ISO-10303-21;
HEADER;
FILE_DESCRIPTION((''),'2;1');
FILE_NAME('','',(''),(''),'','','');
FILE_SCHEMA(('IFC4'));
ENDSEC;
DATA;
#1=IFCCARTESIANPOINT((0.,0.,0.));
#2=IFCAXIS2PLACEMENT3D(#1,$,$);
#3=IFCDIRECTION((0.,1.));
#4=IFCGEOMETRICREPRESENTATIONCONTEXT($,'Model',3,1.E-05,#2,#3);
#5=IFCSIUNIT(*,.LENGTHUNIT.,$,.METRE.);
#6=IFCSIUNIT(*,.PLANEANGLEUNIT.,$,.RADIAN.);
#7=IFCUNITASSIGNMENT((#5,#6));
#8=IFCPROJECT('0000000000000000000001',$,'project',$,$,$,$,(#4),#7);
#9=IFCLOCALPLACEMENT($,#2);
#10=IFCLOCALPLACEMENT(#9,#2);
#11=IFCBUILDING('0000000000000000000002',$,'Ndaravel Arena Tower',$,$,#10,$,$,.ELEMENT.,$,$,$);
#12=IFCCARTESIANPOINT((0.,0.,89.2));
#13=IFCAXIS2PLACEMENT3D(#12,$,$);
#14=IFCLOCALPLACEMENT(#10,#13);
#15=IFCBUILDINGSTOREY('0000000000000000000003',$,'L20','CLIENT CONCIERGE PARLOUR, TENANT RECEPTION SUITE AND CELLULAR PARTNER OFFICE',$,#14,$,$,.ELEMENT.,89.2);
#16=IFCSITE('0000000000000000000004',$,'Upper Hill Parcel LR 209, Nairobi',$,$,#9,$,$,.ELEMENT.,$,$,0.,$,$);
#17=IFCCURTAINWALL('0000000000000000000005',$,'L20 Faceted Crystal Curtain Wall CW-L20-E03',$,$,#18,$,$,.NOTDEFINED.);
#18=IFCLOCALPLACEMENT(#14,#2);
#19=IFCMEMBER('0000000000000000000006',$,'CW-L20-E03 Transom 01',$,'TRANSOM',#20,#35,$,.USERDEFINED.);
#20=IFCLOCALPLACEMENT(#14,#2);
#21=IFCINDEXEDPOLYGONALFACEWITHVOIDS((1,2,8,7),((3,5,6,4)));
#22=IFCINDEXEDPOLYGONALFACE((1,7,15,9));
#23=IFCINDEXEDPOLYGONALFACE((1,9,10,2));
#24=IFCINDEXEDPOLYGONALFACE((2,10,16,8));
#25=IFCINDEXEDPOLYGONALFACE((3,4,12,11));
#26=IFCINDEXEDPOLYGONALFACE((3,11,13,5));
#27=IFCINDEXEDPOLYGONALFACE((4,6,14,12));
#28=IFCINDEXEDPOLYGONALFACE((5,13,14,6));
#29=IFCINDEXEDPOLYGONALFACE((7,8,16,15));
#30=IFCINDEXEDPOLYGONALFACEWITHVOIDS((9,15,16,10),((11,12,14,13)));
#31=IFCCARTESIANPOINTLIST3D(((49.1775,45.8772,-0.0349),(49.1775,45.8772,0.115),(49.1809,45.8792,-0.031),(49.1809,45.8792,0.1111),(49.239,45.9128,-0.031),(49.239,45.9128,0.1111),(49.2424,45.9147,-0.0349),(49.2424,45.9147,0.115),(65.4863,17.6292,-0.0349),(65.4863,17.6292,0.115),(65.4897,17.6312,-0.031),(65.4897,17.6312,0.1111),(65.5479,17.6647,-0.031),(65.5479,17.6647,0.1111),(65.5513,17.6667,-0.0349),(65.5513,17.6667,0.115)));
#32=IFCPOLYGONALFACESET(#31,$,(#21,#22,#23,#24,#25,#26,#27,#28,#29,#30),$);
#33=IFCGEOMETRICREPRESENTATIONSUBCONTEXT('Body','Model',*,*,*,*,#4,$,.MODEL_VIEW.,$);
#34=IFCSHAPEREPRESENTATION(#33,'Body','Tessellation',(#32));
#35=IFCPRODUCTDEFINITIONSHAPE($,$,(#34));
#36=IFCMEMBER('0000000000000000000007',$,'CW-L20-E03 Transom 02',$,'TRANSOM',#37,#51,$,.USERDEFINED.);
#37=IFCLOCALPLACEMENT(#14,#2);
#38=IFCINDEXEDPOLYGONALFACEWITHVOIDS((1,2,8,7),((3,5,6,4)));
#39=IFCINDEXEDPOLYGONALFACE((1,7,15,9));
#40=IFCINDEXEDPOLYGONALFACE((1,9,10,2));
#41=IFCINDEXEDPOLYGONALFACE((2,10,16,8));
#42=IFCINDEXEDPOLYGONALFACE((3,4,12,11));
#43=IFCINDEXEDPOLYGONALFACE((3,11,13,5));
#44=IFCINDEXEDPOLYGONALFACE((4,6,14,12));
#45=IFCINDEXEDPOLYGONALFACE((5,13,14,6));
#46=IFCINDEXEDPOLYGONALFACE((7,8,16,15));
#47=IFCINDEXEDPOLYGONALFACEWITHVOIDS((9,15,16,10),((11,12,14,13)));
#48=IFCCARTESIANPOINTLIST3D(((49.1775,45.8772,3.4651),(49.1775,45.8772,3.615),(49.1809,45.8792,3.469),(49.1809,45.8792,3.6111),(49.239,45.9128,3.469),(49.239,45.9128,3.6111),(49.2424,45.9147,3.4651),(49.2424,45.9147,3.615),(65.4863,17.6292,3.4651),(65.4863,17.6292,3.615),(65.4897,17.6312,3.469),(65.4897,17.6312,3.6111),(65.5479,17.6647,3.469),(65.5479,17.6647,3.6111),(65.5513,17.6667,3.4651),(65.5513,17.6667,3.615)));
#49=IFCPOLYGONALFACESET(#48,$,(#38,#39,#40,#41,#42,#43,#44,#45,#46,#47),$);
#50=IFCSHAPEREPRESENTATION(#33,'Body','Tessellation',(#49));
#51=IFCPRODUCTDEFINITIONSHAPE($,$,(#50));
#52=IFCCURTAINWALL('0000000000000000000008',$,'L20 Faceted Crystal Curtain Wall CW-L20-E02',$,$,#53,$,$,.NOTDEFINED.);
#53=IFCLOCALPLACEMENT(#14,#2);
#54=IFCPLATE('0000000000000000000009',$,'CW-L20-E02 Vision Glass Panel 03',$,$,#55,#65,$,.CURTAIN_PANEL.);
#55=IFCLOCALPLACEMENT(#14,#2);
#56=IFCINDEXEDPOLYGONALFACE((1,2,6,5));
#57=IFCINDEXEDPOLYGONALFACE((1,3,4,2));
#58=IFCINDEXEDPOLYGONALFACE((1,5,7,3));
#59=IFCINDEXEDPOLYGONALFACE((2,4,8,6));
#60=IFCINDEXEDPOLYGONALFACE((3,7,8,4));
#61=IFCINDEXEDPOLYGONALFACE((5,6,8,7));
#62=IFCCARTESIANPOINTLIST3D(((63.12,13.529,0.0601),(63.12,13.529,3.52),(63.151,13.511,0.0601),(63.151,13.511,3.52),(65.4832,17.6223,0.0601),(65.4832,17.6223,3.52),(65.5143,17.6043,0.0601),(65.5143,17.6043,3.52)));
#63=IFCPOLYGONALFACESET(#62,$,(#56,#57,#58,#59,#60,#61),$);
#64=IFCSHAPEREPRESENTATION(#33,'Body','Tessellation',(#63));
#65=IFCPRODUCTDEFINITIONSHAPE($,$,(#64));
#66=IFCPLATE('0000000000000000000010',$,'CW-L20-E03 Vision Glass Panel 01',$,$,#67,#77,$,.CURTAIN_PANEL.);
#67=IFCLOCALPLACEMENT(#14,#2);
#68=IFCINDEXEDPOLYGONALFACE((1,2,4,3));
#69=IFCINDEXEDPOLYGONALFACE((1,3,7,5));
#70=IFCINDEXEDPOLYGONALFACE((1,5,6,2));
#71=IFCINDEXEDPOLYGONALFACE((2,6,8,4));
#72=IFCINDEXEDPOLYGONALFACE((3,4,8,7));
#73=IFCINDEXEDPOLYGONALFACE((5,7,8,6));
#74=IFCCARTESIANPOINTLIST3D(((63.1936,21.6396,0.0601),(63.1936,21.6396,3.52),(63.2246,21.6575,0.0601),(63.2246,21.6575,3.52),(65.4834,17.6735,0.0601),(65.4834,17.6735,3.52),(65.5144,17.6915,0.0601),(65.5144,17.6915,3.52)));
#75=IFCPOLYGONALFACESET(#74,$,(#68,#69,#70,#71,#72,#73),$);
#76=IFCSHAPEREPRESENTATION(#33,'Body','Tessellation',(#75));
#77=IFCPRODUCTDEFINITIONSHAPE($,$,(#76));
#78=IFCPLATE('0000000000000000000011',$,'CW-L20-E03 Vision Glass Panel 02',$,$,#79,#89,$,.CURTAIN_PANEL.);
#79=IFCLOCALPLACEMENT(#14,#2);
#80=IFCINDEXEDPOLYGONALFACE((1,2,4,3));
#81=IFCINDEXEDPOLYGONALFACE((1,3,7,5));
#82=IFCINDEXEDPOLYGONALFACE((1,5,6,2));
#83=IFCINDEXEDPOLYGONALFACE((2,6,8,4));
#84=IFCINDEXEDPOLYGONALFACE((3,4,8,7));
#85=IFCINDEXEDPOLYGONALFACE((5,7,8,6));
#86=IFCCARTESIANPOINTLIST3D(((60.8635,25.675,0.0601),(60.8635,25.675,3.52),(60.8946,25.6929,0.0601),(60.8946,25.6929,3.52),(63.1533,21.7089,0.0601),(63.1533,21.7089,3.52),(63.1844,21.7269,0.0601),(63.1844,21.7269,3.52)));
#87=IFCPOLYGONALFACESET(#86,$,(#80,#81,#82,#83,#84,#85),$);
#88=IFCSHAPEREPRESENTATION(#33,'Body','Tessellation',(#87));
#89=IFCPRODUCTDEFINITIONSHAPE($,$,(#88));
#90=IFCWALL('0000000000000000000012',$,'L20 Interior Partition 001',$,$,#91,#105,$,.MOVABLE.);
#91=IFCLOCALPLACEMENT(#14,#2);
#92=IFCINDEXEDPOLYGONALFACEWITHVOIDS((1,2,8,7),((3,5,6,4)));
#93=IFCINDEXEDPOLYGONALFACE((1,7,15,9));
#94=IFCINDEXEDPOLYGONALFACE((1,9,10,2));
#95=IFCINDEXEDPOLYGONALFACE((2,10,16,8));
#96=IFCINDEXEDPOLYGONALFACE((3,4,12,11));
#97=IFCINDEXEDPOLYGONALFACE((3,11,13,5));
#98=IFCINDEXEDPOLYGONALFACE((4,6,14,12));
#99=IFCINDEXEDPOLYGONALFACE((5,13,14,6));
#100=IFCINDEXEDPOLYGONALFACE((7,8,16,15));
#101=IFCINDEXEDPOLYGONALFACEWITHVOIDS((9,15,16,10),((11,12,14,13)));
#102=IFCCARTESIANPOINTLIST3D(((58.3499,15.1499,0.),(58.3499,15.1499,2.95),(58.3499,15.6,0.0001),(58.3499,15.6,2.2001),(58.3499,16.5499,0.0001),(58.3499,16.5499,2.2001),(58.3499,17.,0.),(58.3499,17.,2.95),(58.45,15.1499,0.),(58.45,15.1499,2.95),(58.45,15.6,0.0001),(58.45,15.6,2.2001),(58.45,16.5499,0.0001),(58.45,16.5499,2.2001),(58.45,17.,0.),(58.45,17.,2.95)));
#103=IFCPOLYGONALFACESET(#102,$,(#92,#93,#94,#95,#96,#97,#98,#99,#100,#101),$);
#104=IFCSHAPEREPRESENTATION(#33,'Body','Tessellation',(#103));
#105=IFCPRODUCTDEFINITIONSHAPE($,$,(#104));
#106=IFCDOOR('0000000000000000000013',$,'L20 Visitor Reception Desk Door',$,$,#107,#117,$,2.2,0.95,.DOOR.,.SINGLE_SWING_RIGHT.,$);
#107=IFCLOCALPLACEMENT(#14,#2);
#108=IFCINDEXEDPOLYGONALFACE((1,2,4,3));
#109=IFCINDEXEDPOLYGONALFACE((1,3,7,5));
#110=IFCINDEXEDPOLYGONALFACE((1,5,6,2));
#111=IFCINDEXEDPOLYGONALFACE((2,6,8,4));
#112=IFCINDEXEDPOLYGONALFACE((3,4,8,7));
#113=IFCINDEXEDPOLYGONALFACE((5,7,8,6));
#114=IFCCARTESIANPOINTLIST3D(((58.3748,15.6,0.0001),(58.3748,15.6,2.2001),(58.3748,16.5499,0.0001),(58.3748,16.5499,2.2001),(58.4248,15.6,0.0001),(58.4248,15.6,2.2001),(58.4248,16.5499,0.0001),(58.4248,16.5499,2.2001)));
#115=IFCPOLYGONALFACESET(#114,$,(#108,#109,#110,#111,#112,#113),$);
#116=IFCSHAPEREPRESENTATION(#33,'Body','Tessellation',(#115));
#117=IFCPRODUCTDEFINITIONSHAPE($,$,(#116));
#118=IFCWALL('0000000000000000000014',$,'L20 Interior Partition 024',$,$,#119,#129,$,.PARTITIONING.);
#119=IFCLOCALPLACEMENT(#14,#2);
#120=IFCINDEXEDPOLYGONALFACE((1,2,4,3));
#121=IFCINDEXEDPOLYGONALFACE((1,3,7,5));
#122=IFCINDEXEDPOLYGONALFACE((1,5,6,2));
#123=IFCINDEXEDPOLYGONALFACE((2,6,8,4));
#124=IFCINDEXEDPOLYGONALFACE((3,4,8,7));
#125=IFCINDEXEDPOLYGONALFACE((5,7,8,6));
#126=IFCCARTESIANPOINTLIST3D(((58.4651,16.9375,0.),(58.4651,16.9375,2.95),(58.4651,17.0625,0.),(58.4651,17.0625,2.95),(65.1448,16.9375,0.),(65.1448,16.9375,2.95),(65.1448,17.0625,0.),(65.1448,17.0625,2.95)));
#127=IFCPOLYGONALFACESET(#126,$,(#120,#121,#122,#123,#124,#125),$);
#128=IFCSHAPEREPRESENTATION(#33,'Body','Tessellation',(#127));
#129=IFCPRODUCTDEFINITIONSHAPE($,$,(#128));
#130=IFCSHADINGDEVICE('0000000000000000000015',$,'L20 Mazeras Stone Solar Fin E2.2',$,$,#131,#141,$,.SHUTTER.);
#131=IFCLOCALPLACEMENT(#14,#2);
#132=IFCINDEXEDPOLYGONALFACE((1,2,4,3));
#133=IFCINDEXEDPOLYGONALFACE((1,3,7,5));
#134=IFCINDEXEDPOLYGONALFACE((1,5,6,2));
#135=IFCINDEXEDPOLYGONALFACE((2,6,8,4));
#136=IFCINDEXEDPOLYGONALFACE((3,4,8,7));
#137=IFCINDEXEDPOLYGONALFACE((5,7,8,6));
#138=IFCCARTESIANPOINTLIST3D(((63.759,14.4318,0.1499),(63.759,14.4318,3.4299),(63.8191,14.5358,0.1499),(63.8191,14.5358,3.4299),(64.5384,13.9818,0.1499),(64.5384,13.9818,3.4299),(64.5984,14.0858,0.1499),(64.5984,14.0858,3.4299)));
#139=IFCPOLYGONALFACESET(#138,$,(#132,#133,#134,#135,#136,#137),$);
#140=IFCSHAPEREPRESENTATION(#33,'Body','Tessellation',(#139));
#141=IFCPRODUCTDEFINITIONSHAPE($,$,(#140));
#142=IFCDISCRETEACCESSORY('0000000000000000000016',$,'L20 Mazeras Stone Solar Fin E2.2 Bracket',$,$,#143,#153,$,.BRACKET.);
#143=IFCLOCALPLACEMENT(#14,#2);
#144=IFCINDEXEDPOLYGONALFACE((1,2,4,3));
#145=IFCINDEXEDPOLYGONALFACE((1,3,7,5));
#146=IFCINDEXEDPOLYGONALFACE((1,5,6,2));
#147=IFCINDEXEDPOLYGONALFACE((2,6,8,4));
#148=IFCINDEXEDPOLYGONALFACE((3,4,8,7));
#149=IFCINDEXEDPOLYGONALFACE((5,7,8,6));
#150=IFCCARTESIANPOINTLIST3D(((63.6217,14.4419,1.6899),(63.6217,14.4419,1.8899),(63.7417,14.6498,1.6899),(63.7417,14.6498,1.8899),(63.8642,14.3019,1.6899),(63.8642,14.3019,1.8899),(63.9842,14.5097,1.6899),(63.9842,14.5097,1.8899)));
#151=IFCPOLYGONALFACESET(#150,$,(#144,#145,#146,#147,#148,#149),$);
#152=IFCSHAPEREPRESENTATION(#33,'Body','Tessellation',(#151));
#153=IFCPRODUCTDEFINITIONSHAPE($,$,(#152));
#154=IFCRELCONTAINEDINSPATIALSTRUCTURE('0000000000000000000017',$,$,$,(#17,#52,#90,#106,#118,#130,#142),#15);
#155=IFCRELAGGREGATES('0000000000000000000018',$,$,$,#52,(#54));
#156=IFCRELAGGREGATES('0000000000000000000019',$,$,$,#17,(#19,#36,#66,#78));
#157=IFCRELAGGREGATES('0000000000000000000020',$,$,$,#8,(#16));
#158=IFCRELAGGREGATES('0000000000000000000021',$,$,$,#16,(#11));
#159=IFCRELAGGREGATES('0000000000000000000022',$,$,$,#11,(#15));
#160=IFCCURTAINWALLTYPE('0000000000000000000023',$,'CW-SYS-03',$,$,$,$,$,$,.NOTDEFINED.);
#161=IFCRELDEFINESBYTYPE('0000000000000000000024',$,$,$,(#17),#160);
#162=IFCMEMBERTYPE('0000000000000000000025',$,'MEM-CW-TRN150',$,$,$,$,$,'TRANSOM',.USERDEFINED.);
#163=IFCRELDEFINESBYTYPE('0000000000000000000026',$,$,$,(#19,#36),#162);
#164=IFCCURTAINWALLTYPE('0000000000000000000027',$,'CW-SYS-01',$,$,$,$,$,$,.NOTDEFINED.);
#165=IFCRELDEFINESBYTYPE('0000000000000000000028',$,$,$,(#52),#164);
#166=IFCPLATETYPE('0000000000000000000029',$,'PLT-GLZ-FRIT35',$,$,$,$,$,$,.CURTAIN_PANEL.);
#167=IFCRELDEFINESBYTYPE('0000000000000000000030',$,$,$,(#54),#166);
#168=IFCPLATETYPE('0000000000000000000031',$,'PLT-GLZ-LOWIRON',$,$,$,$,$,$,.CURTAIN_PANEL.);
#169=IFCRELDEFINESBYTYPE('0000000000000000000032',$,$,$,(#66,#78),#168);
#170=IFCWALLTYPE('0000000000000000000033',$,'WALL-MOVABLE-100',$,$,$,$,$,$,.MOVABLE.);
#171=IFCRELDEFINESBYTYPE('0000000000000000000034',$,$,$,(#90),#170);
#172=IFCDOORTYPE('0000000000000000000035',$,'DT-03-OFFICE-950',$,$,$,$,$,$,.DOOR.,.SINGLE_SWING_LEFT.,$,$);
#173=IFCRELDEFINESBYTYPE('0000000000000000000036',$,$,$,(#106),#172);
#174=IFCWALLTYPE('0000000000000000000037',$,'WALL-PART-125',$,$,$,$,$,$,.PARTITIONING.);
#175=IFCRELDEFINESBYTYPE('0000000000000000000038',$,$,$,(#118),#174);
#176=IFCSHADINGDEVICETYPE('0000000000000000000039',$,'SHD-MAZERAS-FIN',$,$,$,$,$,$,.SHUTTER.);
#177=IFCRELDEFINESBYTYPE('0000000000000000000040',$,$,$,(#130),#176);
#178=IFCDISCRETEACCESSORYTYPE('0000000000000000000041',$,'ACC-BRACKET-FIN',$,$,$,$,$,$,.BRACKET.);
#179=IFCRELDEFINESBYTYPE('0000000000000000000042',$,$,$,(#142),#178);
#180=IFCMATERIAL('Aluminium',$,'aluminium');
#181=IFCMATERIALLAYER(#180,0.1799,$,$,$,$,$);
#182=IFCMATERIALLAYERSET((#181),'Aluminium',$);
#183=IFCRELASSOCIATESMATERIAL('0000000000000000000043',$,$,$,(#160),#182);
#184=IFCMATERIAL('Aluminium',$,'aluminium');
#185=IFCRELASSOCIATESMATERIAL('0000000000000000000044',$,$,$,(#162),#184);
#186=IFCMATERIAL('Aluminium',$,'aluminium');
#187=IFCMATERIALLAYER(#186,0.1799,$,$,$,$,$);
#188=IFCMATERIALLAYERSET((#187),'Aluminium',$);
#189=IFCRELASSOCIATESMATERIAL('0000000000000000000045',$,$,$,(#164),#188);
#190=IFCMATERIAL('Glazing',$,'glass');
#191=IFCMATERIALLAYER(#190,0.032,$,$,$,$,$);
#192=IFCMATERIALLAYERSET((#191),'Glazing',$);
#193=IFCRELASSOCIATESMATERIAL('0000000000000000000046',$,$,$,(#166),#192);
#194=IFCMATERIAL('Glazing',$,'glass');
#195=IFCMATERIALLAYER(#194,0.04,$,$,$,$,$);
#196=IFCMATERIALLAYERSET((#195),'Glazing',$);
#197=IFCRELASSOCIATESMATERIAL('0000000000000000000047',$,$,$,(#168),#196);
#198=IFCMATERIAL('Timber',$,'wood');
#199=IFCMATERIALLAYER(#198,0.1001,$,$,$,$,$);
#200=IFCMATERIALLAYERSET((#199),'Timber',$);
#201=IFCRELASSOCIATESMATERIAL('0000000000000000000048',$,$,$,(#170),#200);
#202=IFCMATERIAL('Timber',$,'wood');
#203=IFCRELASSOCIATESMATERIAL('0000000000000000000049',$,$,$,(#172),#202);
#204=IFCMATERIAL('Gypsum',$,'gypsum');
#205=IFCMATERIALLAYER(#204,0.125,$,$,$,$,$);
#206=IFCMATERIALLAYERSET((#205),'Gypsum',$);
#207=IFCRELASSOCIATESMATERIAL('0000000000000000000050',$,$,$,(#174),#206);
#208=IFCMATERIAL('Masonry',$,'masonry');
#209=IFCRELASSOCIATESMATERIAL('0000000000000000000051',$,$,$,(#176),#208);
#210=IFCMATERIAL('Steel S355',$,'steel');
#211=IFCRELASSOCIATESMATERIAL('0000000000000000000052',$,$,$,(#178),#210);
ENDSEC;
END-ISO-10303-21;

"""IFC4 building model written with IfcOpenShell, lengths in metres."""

from ifc_helpers import new_model, si_unit, direction, frame, frame_2d, origin, origin_2d, place, context, subcontext, project, spatial, rectangle, hollow_rectangle, extrude, material, layer, layer_set, material_profile, profile_set, type_object, element, fill, aggregate, save


model = new_model("IFC4")

# Units and contexts
model_context = context("Model", 3, precision=1e-05, world=origin(), true_north=direction((0.0, 1.0)))
body_context = subcontext(model_context, "Body", "Model", "MODEL_VIEW")
ifc_project = project(units=[si_unit("LENGTHUNIT", "METRE"), si_unit("PLANEANGLEUNIT", "RADIAN")], contexts=[model_context])

# Site, building, storey
site_placement = place(None, origin())
site = spatial("IfcSite", under=ifc_project, at=site_placement, Name="Upper Hill Parcel LR 209, Nairobi", CompositionType="ELEMENT", RefElevation=0.0)
building_placement = place(site_placement, origin())
building = spatial("IfcBuilding", under=site, at=building_placement, Name="Ndaravel Arena Tower", CompositionType="ELEMENT")
storey_placement = place(building_placement, frame((0.0, 0.0, 89.2)))
storey = spatial("IfcBuildingStorey", under=building, at=storey_placement, Name="L20", Description="CLIENT CONCIERGE PARLOUR, TENANT RECEPTION SUITE AND CELLULAR PARTNER OFFICE", CompositionType="ELEMENT", Elevation=89.2)

# Curtain wall, members
ifc_material_1 = material(Name="Aluminium", Category="aluminium")
ifc_layer_1 = layer(ifc_material_1, 0.1799)
ifc_layer_set_1 = layer_set([ifc_layer_1], Name="Aluminium")
curtain_wall_type_1 = type_object("IfcCurtainWallType", Name="CW-SYS-03", PredefinedType="NOTDEFINED", material=ifc_layer_set_1)
curtain_wall_1_placement = place(storey_placement, origin())
curtain_wall_1 = element("IfcCurtainWall", 1, at=curtain_wall_1_placement, inside=storey, type_object=curtain_wall_type_1, Name="L20 Faceted Crystal Curtain Wall CW-L20-E03", PredefinedType="NOTDEFINED")
ifc_material_2 = material(Name="Aluminium", Category="aluminium")
ifc_material_profile_1 = material_profile(ifc_material_2, hollow_rectangle(XDim=0.075, YDim=0.1499, WallThickness=0.0039, at=origin_2d()), Name="CW TRANSOM 75x150x4")
ifc_profile_set_1 = profile_set([ifc_material_profile_1], Name="Aluminium")
member_type_1 = type_object("IfcMemberType", Name="MEM-CW-TRN150", ElementType="TRANSOM", PredefinedType="USERDEFINED", material=ifc_profile_set_1)
member_1_placement = place(storey_placement, frame((65.5188, 17.6479, 0.04), z_axis=(-0.499996, 0.866028, 0.0), x_axis=(-0.866028, -0.499996, 0.0)))
member_1 = element("IfcMember", 2, at=member_1_placement, type_object=member_type_1, Name="CW-L20-E03 Transom 01", ObjectType="TRANSOM", PredefinedType="USERDEFINED", context=body_context, shape_type="SweptSolid", body=[
    extrude(hollow_rectangle(XDim=0.075, YDim=0.1499, WallThickness=0.0039, at=origin_2d()), origin(), (0.0, 0.0, 1.0), 32.6179),
])
member_2_placement = place(storey_placement, frame((65.5188, 17.6479, 3.54), z_axis=(-0.499996, 0.866028, 0.0), x_axis=(-0.866028, -0.499996, 0.0)))
member_2 = element("IfcMember", 3, at=member_2_placement, type_object=member_type_1, Name="CW-L20-E03 Transom 02", ObjectType="TRANSOM", PredefinedType="USERDEFINED", context=body_context, shape_type="SweptSolid", body=[
    extrude(hollow_rectangle(XDim=0.075, YDim=0.1499, WallThickness=0.0039, at=origin_2d()), origin(), (0.0, 0.0, 1.0), 32.6179),
])

# Curtain wall, plate
ifc_material_3 = material(Name="Aluminium", Category="aluminium")
ifc_layer_2 = layer(ifc_material_3, 0.1799)
ifc_layer_set_2 = layer_set([ifc_layer_2], Name="Aluminium")
curtain_wall_type_2 = type_object("IfcCurtainWallType", Name="CW-SYS-01", PredefinedType="NOTDEFINED", material=ifc_layer_set_2)
curtain_wall_2_placement = place(storey_placement, origin())
curtain_wall_2 = element("IfcCurtainWall", 4, at=curtain_wall_2_placement, inside=storey, type_object=curtain_wall_type_2, Name="L20 Faceted Crystal Curtain Wall CW-L20-E02", PredefinedType="NOTDEFINED")
ifc_material_4 = material(Name="Glazing", Category="glass")
ifc_layer_3 = layer(ifc_material_4, 0.032)
ifc_layer_set_3 = layer_set([ifc_layer_3], Name="Glazing")
plate_type_1 = type_object("IfcPlateType", Name="PLT-GLZ-FRIT35", PredefinedType="CURTAIN_PANEL", material=ifc_layer_set_3)
plate_1_placement = place(storey_placement, frame((64.3171, 15.5667, 0.0601), z_axis=(0.0, 0.0, 1.0), x_axis=(0.5, 0.866025, 0.0)))
plate_1 = element("IfcPlate", 5, at=plate_1_placement, type_object=plate_type_1, Name="CW-L20-E02 Vision Glass Panel 03", PredefinedType="CURTAIN_PANEL", context=body_context, shape_type="SweptSolid", body=[
    extrude(rectangle(XDim=4.7266, YDim=0.0359, at=origin_2d()), origin(), (0.0, 0.0, 1.0), 3.46),
])
aggregate(curtain_wall_2, [plate_1])

# Plates
ifc_material_5 = material(Name="Glazing", Category="glass")
ifc_layer_4 = layer(ifc_material_5, 0.04)
ifc_layer_set_4 = layer_set([ifc_layer_4], Name="Glazing")
plate_type_2 = type_object("IfcPlateType", Name="PLT-GLZ-LOWIRON", PredefinedType="CURTAIN_PANEL", material=ifc_layer_set_4)
plate_2_placement = place(storey_placement, frame((64.354, 19.6655, 0.0601), z_axis=(0.0, 0.0, 1.0), x_axis=(-0.5, 0.866025, 0.0)))
plate_2 = element("IfcPlate", 6, at=plate_2_placement, type_object=plate_type_2, Name="CW-L20-E03 Vision Glass Panel 01", PredefinedType="CURTAIN_PANEL", context=body_context, shape_type="SweptSolid", body=[
    extrude(rectangle(XDim=4.5796, YDim=0.0359, at=origin_2d()), origin(), (0.0, 0.0, 1.0), 3.46),
])
plate_3_placement = place(storey_placement, frame((62.0239, 23.7009, 0.0601), z_axis=(0.0, 0.0, 1.0), x_axis=(-0.5, 0.866025, 0.0)))
plate_3 = element("IfcPlate", 7, at=plate_3_placement, type_object=plate_type_2, Name="CW-L20-E03 Vision Glass Panel 02", PredefinedType="CURTAIN_PANEL", context=body_context, shape_type="SweptSolid", body=[
    extrude(rectangle(XDim=4.5796, YDim=0.0359, at=origin_2d()), origin(), (0.0, 0.0, 1.0), 3.46),
])
aggregate(curtain_wall_1, [member_1, member_2, plate_2, plate_3])

# Wall, opening, door
ifc_material_6 = material(Name="Timber", Category="wood")
ifc_layer_5 = layer(ifc_material_6, 0.1001)
ifc_layer_set_5 = layer_set([ifc_layer_5], Name="Timber")
wall_type_1 = type_object("IfcWallType", Name="WALL-MOVABLE-100", PredefinedType="MOVABLE", material=ifc_layer_set_5)
wall_1_placement = place(storey_placement, frame((58.3999, 17.0, 0.0), z_axis=(0.0, 0.0, 1.0), x_axis=(0.0, -1.0, 0.0)))
wall_1 = element("IfcWall", 8, at=wall_1_placement, inside=storey, type_object=wall_type_1, Name="L20 Interior Partition 001", PredefinedType="MOVABLE", context=body_context, shape_type="SweptSolid", body=[
    extrude(rectangle(XDim=1.8501, YDim=0.1001, at=frame_2d((0.925, 0.0))), origin(), (0.0, 0.0, 1.0), 2.95),
])
opening_placement = place(wall_1_placement, frame((0.45, 0.0, 0.0)))
opening = element("IfcOpeningElement", 9, at=opening_placement, cuts=wall_1, PredefinedType="OPENING", context=body_context, shape_type="SweptSolid", body=[
    extrude(rectangle(XDim=0.95, YDim=2.2, at=frame_2d((0.4751, 1.1001))), frame((0.0, 0.05, 0.0), z_axis=(0.0, -1.0, 0.0), x_axis=(1.0, 0.0, 0.0)), (0.0, 0.0, 1.0), 0.1001),
])
ifc_material_7 = material(Name="Timber", Category="wood")
door_type = type_object("IfcDoorType", Name="DT-03-OFFICE-950", OperationType="SINGLE_SWING_LEFT", PredefinedType="DOOR", material=ifc_material_7)
door_placement = place(opening_placement, origin())
door = element("IfcDoor", 10, at=door_placement, inside=storey, type_object=door_type, Name="L20 Visitor Reception Desk Door", OperationType="SINGLE_SWING_RIGHT", OverallHeight=2.2, OverallWidth=0.95, PredefinedType="DOOR", context=body_context, shape_type="SweptSolid", body=[
    extrude(rectangle(XDim=0.95, YDim=2.2, at=frame_2d((0.4751, 1.1001))), frame((0.0, 0.0249, 0.0), z_axis=(0.0, -1.0, 0.0), x_axis=(1.0, 0.0, 0.0)), (0.0, 0.0, 1.0), 0.05),
])
fill(opening, door)

# Wall
ifc_material_8 = material(Name="Gypsum", Category="gypsum")
ifc_layer_6 = layer(ifc_material_8, 0.125)
ifc_layer_set_6 = layer_set([ifc_layer_6], Name="Gypsum")
wall_type_2 = type_object("IfcWallType", Name="WALL-PART-125", PredefinedType="PARTITIONING", material=ifc_layer_set_6)
wall_2_placement = place(storey_placement, frame((58.4651, 17.0, 0.0), z_axis=(0.0, 0.0, 1.0), x_axis=(1.0, 0.0, 0.0)))
element("IfcWall", 11, at=wall_2_placement, inside=storey, type_object=wall_type_2, Name="L20 Interior Partition 024", PredefinedType="PARTITIONING", context=body_context, shape_type="SweptSolid", body=[
    extrude(rectangle(XDim=6.6797, YDim=0.125, at=frame_2d((3.3398, 0.0))), origin(), (0.0, 0.0, 1.0), 2.95),
])

# Shading device
ifc_material_9 = material(Name="Masonry", Category="masonry")
shading_device_type = type_object("IfcShadingDeviceType", Name="SHD-MAZERAS-FIN", PredefinedType="SHUTTER", material=ifc_material_9)
shading_device_placement = place(storey_placement, frame((64.1787, 14.2588, 0.1499), z_axis=(0.0, 0.0, 1.0), x_axis=(0.866025, -0.5, 0.0)))
element("IfcShadingDevice", 12, at=shading_device_placement, inside=storey, type_object=shading_device_type, Name="L20 Mazeras Stone Solar Fin E2.2", PredefinedType="SHUTTER", context=body_context, shape_type="SweptSolid", body=[
    extrude(rectangle(XDim=0.8999, YDim=0.1201, at=origin_2d()), origin(), (0.0, 0.0, 1.0), 3.28),
])

# Discrete accessory
ifc_material_10 = material(Name="Steel S355", Category="steel")
discrete_accessory_type = type_object("IfcDiscreteAccessoryType", Name="ACC-BRACKET-FIN", PredefinedType="BRACKET", material=ifc_material_10)
discrete_accessory_placement = place(storey_placement, frame((63.803, 14.4758, 1.6899), z_axis=(0.0, 0.0, 1.0), x_axis=(0.866025, -0.5, 0.0)))
element("IfcDiscreteAccessory", 13, at=discrete_accessory_placement, inside=storey, type_object=discrete_accessory_type, Name="L20 Mazeras Stone Solar Fin E2.2 Bracket", PredefinedType="BRACKET", context=body_context, shape_type="SweptSolid", body=[
    extrude(rectangle(XDim=0.28, YDim=0.24, at=origin_2d()), origin(), (0.0, 0.0, 1.0), 0.2),
])

save(model, "model.ifc")
